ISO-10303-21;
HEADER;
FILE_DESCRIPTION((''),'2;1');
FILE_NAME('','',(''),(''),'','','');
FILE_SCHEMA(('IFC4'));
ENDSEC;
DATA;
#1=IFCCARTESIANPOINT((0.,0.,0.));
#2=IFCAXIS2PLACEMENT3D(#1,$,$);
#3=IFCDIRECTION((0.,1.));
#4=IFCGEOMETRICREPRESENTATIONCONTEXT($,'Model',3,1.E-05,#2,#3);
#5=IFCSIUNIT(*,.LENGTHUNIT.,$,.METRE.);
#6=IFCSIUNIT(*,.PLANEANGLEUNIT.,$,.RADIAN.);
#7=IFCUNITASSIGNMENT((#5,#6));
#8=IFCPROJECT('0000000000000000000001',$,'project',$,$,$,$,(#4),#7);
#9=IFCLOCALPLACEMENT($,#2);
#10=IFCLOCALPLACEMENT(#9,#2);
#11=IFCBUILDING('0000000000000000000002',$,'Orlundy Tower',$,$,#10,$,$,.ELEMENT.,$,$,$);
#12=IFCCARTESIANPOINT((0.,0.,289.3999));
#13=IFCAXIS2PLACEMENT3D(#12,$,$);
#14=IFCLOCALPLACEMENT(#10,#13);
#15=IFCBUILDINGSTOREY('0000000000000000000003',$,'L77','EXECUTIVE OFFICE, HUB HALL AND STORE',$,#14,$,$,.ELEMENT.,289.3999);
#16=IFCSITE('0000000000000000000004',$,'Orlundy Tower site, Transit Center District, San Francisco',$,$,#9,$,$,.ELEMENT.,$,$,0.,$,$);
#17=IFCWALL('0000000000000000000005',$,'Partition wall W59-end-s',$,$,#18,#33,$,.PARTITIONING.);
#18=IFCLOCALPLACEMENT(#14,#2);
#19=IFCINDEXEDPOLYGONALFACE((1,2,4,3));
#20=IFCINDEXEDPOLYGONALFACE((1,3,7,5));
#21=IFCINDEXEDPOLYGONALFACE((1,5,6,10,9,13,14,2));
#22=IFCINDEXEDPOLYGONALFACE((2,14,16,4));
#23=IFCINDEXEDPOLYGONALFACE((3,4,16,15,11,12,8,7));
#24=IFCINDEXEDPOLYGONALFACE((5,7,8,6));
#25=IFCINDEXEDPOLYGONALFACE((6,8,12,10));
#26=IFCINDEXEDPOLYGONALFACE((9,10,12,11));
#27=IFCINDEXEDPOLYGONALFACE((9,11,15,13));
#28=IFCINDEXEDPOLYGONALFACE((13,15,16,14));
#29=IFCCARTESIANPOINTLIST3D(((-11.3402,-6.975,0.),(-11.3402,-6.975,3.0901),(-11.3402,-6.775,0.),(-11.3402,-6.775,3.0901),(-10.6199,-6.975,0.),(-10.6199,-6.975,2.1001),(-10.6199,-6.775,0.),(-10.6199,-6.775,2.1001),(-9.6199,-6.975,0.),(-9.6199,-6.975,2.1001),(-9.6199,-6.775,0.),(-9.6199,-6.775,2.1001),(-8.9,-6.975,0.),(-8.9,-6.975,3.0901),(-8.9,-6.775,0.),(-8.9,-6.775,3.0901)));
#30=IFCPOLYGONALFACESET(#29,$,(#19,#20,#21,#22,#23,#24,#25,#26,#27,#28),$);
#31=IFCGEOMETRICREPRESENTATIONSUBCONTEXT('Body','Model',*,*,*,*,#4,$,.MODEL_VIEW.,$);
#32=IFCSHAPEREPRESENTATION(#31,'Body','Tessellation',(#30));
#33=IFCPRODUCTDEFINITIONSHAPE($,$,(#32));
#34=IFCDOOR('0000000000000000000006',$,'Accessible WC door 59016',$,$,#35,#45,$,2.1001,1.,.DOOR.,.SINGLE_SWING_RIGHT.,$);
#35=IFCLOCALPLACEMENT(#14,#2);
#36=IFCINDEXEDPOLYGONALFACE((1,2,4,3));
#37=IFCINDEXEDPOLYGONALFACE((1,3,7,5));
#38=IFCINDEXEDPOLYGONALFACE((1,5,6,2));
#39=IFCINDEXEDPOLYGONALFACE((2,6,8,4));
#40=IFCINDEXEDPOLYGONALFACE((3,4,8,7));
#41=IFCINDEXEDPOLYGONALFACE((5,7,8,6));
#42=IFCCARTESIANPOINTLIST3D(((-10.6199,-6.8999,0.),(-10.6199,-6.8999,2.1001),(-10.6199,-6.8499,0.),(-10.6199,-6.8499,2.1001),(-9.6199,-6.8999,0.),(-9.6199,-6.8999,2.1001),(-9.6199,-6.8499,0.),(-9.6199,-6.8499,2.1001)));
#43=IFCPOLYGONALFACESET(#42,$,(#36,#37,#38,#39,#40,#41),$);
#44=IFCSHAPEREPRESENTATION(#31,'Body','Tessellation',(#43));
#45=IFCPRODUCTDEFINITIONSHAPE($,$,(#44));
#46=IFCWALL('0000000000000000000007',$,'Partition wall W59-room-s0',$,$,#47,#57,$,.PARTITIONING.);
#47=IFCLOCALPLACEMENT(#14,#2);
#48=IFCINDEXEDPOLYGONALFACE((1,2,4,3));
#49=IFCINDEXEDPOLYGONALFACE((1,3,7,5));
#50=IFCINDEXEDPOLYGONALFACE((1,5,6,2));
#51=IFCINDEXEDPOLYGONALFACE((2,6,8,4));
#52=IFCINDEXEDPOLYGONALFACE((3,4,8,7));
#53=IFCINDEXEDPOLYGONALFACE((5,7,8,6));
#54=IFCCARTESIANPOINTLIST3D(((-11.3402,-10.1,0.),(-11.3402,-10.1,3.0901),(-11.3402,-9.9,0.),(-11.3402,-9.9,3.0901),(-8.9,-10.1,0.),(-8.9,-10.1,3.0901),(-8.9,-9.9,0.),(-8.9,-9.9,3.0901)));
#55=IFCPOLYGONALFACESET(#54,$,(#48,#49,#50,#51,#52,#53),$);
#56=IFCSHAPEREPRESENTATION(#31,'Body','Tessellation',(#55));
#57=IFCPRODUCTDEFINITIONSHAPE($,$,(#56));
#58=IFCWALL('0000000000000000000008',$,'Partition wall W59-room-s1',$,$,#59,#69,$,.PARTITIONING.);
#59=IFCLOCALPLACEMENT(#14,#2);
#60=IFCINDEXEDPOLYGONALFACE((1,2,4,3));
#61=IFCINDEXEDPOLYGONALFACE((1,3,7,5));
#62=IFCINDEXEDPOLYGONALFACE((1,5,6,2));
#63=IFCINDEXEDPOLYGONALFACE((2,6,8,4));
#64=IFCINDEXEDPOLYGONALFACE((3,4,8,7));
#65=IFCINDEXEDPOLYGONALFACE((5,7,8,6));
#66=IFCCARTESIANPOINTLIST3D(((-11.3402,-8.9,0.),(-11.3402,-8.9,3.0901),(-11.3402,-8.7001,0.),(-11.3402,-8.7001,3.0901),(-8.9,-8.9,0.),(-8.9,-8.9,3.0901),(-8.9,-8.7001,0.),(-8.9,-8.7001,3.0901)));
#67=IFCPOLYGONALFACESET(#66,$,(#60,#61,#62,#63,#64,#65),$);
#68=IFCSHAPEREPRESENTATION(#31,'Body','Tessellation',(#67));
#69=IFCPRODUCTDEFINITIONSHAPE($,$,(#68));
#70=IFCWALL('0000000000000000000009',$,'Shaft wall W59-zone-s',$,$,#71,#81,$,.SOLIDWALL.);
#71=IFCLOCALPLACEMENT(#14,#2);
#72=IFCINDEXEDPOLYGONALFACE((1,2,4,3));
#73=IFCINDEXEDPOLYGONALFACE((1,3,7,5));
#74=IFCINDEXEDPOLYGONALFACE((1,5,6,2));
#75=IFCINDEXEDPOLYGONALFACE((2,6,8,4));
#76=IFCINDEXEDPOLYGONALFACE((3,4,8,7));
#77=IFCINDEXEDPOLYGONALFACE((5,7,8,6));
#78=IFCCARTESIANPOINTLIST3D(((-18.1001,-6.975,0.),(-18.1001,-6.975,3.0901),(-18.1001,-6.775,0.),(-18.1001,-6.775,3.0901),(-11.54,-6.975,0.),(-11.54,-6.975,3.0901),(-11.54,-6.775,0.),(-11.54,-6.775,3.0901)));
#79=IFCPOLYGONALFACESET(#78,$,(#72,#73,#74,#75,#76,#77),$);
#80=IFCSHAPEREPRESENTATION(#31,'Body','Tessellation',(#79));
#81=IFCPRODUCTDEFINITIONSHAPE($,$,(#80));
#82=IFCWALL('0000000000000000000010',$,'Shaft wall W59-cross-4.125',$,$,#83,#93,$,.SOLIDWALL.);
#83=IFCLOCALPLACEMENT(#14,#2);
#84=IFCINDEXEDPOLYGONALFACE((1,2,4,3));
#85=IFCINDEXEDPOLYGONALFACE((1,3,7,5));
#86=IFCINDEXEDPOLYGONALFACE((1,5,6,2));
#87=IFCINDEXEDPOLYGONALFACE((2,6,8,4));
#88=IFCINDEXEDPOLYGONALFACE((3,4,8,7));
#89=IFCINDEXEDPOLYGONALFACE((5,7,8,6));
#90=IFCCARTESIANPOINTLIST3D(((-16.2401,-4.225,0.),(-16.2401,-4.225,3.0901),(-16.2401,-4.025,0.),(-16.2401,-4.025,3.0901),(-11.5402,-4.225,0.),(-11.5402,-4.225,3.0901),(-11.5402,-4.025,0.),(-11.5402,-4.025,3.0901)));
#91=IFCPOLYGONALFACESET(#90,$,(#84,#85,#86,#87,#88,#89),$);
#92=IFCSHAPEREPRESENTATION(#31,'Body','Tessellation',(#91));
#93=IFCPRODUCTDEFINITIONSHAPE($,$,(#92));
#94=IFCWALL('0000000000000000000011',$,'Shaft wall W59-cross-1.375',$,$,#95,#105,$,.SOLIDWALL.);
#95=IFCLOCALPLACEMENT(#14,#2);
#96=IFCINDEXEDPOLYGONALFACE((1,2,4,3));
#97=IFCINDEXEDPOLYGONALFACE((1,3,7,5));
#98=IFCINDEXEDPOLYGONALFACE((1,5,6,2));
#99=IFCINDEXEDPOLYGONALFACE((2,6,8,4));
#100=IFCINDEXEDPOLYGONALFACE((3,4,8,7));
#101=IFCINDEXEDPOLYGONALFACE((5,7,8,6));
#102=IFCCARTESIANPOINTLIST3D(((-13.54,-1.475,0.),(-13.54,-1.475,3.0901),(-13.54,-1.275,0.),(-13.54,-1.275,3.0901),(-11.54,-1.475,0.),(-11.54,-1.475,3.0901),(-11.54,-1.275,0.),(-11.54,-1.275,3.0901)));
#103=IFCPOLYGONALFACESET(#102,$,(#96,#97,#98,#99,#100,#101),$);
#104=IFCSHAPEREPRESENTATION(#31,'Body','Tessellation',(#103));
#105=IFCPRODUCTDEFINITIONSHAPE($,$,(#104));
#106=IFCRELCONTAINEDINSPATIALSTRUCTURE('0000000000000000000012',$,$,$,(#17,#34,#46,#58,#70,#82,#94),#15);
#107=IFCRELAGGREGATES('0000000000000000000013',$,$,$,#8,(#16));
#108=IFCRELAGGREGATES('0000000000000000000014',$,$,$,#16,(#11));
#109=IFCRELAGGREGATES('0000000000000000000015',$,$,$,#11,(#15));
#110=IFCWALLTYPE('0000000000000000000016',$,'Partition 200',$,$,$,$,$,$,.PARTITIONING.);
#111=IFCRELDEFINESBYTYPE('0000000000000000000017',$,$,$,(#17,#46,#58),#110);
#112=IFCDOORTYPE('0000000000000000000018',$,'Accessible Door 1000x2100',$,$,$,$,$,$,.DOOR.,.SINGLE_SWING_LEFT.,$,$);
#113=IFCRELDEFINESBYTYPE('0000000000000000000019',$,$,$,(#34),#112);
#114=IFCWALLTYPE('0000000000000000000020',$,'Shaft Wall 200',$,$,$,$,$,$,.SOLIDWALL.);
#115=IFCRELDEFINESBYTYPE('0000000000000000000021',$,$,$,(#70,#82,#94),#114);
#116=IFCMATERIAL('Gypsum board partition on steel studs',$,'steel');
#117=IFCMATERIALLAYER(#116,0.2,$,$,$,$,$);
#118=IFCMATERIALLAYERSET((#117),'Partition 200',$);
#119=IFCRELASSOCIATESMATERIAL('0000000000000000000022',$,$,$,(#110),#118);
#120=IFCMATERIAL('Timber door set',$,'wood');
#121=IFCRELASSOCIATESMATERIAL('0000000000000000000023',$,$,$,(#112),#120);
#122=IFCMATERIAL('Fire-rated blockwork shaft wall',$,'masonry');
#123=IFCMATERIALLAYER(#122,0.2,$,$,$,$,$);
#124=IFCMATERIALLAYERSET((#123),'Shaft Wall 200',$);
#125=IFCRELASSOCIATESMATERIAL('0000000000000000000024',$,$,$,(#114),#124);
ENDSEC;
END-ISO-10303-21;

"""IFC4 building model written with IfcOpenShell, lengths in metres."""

from ifc_helpers import new_model, si_unit, direction, frame, frame_2d, origin, place, context, subcontext, project, spatial, rectangle, extrude, material, layer, layer_set, type_object, element, fill, save


model = new_model("IFC4")

# Units and contexts
model_context = context("Model", 3, precision=1e-05, world=origin(), true_north=direction((0.0, 1.0)))
body_context = subcontext(model_context, "Body", "Model", "MODEL_VIEW")
ifc_project = project(units=[si_unit("LENGTHUNIT", "METRE"), si_unit("PLANEANGLEUNIT", "RADIAN")], contexts=[model_context])

# Site, building, storey
site_placement = place(None, origin())
site = spatial("IfcSite", under=ifc_project, at=site_placement, Name="Orlundy Tower site, Transit Center District, San Francisco", CompositionType="ELEMENT", RefElevation=0.0)
building_placement = place(site_placement, origin())
building = spatial("IfcBuilding", under=site, at=building_placement, Name="Orlundy Tower", CompositionType="ELEMENT")
storey_placement = place(building_placement, frame((0.0, 0.0, 289.3999)))
storey = spatial("IfcBuildingStorey", under=building, at=storey_placement, Name="L77", Description="EXECUTIVE OFFICE, HUB HALL AND STORE", CompositionType="ELEMENT", Elevation=289.3999)

# Wall, opening, door
ifc_material_1 = material(Name="Gypsum board partition on steel studs", Category="steel")
ifc_layer_1 = layer(ifc_material_1, 0.2)
ifc_layer_set_1 = layer_set([ifc_layer_1], Name="Partition 200")
wall_type_1 = type_object("IfcWallType", Name="Partition 200", PredefinedType="PARTITIONING", material=ifc_layer_set_1)
wall_1_placement = place(storey_placement, frame((-8.8999, -6.875, 0.0), z_axis=(0.0, 0.0, 1.0), x_axis=(-1.0, 0.0, 0.0)))
wall_1 = element("IfcWall", 1, at=wall_1_placement, inside=storey, type_object=wall_type_1, Name="Partition wall W59-end-s", PredefinedType="PARTITIONING", context=body_context, shape_type="SweptSolid", body=[
    extrude(rectangle(XDim=2.4402, YDim=0.2, at=frame_2d((1.2202, 0.0))), origin(), (0.0, 0.0, 1.0), 3.0901),
])
opening_1_placement = place(wall_1_placement, frame((0.72, 0.0, 0.0)))
opening_1 = element("IfcOpeningElement", 2, at=opening_1_placement, cuts=wall_1, PredefinedType="OPENING", context=body_context, shape_type="SweptSolid", body=[
    extrude(rectangle(XDim=1.0, YDim=2.1001, at=frame_2d((0.5, 1.05))), frame((0.0, 0.1101, 0.0), z_axis=(0.0, -1.0, 0.0), x_axis=(1.0, 0.0, 0.0)), (0.0, 0.0, 1.0), 0.2202),
])
ifc_material_2 = material(Name="Timber door set", Category="wood")
door_type_1 = type_object("IfcDoorType", Name="Accessible Door 1000x2100", OperationType="SINGLE_SWING_LEFT", PredefinedType="DOOR", material=ifc_material_2)
door_1_placement = place(opening_1_placement, origin())
door_1 = element("IfcDoor", 3, at=door_1_placement, inside=storey, type_object=door_type_1, Name="Accessible WC door 59016", OperationType="SINGLE_SWING_RIGHT", OverallHeight=2.1001, OverallWidth=1.0, PredefinedType="DOOR", context=body_context, shape_type="SweptSolid", body=[
    extrude(rectangle(XDim=1.0, YDim=2.1001, at=frame_2d((0.5, 1.05))), frame((0.0, 0.0249, 0.0), z_axis=(0.0, -1.0, 0.0), x_axis=(1.0, 0.0, 0.0)), (0.0, 0.0, 1.0), 0.05),
])
fill(opening_1, door_1)

# Walls
for number, where, z_axis, x_axis, name in (
    (4, (-8.8999, -10.0, 0.0), (0.0, 0.0, 1.0), (-1.0, 0.0, 0.0), "Partition wall W59-room-s0"),
    (5, (-8.8999, -8.8, 0.0), (0.0, 0.0, 1.0), (-1.0, 0.0, 0.0), "Partition wall W59-room-s1"),
):
    element("IfcWall", number, at=place(storey_placement, frame(where, z_axis=z_axis, x_axis=x_axis)), inside=storey, type_object=wall_type_1, Name=name, PredefinedType="PARTITIONING", context=body_context, shape_type="SweptSolid", body=[
        extrude(rectangle(XDim=2.4402, YDim=0.2, at=frame_2d((1.2202, 0.0))), origin(), (0.0, 0.0, 1.0), 3.0901),
    ])
ifc_material_3 = material(Name="Fire-rated blockwork shaft wall", Category="masonry")
ifc_layer_2 = layer(ifc_material_3, 0.2)
ifc_layer_set_2 = layer_set([ifc_layer_2], Name="Shaft Wall 200")
wall_type_2 = type_object("IfcWallType", Name="Shaft Wall 200", PredefinedType="SOLIDWALL", material=ifc_layer_set_2)
wall_2_placement = place(storey_placement, frame((-11.54, -6.875, 0.0), z_axis=(0.0, 0.0, 1.0), x_axis=(-1.0, 0.0, 0.0)))
element("IfcWall", 6, at=wall_2_placement, inside=storey, type_object=wall_type_2, Name="Shaft wall W59-zone-s", PredefinedType="SOLIDWALL", context=body_context, shape_type="SweptSolid", body=[
    extrude(rectangle(XDim=6.5601, YDim=0.2, at=frame_2d((3.28, 0.0))), origin(), (0.0, 0.0, 1.0), 3.0901),
])
wall_3_placement = place(storey_placement, frame((-11.54, -4.125, 0.0), z_axis=(0.0, 0.0, 1.0), x_axis=(-1.0, 0.0, 0.0)))
element("IfcWall", 7, at=wall_3_placement, inside=storey, type_object=wall_type_2, Name="Shaft wall W59-cross-4.125", PredefinedType="SOLIDWALL", context=body_context, shape_type="SweptSolid", body=[
    extrude(rectangle(XDim=4.7, YDim=0.2, at=frame_2d((2.3501, 0.0))), origin(), (0.0, 0.0, 1.0), 3.0901),
])
wall_4_placement = place(storey_placement, frame((-11.54, -1.375, 0.0), z_axis=(0.0, 0.0, 1.0), x_axis=(-1.0, 0.0, 0.0)))
element("IfcWall", 8, at=wall_4_placement, inside=storey, type_object=wall_type_2, Name="Shaft wall W59-cross-1.375", PredefinedType="SOLIDWALL", context=body_context, shape_type="SweptSolid", body=[
    extrude(rectangle(XDim=2.0, YDim=0.2, at=frame_2d((1.0, 0.0))), origin(), (0.0, 0.0, 1.0), 3.0901),
])

save(model, "model.ifc")
